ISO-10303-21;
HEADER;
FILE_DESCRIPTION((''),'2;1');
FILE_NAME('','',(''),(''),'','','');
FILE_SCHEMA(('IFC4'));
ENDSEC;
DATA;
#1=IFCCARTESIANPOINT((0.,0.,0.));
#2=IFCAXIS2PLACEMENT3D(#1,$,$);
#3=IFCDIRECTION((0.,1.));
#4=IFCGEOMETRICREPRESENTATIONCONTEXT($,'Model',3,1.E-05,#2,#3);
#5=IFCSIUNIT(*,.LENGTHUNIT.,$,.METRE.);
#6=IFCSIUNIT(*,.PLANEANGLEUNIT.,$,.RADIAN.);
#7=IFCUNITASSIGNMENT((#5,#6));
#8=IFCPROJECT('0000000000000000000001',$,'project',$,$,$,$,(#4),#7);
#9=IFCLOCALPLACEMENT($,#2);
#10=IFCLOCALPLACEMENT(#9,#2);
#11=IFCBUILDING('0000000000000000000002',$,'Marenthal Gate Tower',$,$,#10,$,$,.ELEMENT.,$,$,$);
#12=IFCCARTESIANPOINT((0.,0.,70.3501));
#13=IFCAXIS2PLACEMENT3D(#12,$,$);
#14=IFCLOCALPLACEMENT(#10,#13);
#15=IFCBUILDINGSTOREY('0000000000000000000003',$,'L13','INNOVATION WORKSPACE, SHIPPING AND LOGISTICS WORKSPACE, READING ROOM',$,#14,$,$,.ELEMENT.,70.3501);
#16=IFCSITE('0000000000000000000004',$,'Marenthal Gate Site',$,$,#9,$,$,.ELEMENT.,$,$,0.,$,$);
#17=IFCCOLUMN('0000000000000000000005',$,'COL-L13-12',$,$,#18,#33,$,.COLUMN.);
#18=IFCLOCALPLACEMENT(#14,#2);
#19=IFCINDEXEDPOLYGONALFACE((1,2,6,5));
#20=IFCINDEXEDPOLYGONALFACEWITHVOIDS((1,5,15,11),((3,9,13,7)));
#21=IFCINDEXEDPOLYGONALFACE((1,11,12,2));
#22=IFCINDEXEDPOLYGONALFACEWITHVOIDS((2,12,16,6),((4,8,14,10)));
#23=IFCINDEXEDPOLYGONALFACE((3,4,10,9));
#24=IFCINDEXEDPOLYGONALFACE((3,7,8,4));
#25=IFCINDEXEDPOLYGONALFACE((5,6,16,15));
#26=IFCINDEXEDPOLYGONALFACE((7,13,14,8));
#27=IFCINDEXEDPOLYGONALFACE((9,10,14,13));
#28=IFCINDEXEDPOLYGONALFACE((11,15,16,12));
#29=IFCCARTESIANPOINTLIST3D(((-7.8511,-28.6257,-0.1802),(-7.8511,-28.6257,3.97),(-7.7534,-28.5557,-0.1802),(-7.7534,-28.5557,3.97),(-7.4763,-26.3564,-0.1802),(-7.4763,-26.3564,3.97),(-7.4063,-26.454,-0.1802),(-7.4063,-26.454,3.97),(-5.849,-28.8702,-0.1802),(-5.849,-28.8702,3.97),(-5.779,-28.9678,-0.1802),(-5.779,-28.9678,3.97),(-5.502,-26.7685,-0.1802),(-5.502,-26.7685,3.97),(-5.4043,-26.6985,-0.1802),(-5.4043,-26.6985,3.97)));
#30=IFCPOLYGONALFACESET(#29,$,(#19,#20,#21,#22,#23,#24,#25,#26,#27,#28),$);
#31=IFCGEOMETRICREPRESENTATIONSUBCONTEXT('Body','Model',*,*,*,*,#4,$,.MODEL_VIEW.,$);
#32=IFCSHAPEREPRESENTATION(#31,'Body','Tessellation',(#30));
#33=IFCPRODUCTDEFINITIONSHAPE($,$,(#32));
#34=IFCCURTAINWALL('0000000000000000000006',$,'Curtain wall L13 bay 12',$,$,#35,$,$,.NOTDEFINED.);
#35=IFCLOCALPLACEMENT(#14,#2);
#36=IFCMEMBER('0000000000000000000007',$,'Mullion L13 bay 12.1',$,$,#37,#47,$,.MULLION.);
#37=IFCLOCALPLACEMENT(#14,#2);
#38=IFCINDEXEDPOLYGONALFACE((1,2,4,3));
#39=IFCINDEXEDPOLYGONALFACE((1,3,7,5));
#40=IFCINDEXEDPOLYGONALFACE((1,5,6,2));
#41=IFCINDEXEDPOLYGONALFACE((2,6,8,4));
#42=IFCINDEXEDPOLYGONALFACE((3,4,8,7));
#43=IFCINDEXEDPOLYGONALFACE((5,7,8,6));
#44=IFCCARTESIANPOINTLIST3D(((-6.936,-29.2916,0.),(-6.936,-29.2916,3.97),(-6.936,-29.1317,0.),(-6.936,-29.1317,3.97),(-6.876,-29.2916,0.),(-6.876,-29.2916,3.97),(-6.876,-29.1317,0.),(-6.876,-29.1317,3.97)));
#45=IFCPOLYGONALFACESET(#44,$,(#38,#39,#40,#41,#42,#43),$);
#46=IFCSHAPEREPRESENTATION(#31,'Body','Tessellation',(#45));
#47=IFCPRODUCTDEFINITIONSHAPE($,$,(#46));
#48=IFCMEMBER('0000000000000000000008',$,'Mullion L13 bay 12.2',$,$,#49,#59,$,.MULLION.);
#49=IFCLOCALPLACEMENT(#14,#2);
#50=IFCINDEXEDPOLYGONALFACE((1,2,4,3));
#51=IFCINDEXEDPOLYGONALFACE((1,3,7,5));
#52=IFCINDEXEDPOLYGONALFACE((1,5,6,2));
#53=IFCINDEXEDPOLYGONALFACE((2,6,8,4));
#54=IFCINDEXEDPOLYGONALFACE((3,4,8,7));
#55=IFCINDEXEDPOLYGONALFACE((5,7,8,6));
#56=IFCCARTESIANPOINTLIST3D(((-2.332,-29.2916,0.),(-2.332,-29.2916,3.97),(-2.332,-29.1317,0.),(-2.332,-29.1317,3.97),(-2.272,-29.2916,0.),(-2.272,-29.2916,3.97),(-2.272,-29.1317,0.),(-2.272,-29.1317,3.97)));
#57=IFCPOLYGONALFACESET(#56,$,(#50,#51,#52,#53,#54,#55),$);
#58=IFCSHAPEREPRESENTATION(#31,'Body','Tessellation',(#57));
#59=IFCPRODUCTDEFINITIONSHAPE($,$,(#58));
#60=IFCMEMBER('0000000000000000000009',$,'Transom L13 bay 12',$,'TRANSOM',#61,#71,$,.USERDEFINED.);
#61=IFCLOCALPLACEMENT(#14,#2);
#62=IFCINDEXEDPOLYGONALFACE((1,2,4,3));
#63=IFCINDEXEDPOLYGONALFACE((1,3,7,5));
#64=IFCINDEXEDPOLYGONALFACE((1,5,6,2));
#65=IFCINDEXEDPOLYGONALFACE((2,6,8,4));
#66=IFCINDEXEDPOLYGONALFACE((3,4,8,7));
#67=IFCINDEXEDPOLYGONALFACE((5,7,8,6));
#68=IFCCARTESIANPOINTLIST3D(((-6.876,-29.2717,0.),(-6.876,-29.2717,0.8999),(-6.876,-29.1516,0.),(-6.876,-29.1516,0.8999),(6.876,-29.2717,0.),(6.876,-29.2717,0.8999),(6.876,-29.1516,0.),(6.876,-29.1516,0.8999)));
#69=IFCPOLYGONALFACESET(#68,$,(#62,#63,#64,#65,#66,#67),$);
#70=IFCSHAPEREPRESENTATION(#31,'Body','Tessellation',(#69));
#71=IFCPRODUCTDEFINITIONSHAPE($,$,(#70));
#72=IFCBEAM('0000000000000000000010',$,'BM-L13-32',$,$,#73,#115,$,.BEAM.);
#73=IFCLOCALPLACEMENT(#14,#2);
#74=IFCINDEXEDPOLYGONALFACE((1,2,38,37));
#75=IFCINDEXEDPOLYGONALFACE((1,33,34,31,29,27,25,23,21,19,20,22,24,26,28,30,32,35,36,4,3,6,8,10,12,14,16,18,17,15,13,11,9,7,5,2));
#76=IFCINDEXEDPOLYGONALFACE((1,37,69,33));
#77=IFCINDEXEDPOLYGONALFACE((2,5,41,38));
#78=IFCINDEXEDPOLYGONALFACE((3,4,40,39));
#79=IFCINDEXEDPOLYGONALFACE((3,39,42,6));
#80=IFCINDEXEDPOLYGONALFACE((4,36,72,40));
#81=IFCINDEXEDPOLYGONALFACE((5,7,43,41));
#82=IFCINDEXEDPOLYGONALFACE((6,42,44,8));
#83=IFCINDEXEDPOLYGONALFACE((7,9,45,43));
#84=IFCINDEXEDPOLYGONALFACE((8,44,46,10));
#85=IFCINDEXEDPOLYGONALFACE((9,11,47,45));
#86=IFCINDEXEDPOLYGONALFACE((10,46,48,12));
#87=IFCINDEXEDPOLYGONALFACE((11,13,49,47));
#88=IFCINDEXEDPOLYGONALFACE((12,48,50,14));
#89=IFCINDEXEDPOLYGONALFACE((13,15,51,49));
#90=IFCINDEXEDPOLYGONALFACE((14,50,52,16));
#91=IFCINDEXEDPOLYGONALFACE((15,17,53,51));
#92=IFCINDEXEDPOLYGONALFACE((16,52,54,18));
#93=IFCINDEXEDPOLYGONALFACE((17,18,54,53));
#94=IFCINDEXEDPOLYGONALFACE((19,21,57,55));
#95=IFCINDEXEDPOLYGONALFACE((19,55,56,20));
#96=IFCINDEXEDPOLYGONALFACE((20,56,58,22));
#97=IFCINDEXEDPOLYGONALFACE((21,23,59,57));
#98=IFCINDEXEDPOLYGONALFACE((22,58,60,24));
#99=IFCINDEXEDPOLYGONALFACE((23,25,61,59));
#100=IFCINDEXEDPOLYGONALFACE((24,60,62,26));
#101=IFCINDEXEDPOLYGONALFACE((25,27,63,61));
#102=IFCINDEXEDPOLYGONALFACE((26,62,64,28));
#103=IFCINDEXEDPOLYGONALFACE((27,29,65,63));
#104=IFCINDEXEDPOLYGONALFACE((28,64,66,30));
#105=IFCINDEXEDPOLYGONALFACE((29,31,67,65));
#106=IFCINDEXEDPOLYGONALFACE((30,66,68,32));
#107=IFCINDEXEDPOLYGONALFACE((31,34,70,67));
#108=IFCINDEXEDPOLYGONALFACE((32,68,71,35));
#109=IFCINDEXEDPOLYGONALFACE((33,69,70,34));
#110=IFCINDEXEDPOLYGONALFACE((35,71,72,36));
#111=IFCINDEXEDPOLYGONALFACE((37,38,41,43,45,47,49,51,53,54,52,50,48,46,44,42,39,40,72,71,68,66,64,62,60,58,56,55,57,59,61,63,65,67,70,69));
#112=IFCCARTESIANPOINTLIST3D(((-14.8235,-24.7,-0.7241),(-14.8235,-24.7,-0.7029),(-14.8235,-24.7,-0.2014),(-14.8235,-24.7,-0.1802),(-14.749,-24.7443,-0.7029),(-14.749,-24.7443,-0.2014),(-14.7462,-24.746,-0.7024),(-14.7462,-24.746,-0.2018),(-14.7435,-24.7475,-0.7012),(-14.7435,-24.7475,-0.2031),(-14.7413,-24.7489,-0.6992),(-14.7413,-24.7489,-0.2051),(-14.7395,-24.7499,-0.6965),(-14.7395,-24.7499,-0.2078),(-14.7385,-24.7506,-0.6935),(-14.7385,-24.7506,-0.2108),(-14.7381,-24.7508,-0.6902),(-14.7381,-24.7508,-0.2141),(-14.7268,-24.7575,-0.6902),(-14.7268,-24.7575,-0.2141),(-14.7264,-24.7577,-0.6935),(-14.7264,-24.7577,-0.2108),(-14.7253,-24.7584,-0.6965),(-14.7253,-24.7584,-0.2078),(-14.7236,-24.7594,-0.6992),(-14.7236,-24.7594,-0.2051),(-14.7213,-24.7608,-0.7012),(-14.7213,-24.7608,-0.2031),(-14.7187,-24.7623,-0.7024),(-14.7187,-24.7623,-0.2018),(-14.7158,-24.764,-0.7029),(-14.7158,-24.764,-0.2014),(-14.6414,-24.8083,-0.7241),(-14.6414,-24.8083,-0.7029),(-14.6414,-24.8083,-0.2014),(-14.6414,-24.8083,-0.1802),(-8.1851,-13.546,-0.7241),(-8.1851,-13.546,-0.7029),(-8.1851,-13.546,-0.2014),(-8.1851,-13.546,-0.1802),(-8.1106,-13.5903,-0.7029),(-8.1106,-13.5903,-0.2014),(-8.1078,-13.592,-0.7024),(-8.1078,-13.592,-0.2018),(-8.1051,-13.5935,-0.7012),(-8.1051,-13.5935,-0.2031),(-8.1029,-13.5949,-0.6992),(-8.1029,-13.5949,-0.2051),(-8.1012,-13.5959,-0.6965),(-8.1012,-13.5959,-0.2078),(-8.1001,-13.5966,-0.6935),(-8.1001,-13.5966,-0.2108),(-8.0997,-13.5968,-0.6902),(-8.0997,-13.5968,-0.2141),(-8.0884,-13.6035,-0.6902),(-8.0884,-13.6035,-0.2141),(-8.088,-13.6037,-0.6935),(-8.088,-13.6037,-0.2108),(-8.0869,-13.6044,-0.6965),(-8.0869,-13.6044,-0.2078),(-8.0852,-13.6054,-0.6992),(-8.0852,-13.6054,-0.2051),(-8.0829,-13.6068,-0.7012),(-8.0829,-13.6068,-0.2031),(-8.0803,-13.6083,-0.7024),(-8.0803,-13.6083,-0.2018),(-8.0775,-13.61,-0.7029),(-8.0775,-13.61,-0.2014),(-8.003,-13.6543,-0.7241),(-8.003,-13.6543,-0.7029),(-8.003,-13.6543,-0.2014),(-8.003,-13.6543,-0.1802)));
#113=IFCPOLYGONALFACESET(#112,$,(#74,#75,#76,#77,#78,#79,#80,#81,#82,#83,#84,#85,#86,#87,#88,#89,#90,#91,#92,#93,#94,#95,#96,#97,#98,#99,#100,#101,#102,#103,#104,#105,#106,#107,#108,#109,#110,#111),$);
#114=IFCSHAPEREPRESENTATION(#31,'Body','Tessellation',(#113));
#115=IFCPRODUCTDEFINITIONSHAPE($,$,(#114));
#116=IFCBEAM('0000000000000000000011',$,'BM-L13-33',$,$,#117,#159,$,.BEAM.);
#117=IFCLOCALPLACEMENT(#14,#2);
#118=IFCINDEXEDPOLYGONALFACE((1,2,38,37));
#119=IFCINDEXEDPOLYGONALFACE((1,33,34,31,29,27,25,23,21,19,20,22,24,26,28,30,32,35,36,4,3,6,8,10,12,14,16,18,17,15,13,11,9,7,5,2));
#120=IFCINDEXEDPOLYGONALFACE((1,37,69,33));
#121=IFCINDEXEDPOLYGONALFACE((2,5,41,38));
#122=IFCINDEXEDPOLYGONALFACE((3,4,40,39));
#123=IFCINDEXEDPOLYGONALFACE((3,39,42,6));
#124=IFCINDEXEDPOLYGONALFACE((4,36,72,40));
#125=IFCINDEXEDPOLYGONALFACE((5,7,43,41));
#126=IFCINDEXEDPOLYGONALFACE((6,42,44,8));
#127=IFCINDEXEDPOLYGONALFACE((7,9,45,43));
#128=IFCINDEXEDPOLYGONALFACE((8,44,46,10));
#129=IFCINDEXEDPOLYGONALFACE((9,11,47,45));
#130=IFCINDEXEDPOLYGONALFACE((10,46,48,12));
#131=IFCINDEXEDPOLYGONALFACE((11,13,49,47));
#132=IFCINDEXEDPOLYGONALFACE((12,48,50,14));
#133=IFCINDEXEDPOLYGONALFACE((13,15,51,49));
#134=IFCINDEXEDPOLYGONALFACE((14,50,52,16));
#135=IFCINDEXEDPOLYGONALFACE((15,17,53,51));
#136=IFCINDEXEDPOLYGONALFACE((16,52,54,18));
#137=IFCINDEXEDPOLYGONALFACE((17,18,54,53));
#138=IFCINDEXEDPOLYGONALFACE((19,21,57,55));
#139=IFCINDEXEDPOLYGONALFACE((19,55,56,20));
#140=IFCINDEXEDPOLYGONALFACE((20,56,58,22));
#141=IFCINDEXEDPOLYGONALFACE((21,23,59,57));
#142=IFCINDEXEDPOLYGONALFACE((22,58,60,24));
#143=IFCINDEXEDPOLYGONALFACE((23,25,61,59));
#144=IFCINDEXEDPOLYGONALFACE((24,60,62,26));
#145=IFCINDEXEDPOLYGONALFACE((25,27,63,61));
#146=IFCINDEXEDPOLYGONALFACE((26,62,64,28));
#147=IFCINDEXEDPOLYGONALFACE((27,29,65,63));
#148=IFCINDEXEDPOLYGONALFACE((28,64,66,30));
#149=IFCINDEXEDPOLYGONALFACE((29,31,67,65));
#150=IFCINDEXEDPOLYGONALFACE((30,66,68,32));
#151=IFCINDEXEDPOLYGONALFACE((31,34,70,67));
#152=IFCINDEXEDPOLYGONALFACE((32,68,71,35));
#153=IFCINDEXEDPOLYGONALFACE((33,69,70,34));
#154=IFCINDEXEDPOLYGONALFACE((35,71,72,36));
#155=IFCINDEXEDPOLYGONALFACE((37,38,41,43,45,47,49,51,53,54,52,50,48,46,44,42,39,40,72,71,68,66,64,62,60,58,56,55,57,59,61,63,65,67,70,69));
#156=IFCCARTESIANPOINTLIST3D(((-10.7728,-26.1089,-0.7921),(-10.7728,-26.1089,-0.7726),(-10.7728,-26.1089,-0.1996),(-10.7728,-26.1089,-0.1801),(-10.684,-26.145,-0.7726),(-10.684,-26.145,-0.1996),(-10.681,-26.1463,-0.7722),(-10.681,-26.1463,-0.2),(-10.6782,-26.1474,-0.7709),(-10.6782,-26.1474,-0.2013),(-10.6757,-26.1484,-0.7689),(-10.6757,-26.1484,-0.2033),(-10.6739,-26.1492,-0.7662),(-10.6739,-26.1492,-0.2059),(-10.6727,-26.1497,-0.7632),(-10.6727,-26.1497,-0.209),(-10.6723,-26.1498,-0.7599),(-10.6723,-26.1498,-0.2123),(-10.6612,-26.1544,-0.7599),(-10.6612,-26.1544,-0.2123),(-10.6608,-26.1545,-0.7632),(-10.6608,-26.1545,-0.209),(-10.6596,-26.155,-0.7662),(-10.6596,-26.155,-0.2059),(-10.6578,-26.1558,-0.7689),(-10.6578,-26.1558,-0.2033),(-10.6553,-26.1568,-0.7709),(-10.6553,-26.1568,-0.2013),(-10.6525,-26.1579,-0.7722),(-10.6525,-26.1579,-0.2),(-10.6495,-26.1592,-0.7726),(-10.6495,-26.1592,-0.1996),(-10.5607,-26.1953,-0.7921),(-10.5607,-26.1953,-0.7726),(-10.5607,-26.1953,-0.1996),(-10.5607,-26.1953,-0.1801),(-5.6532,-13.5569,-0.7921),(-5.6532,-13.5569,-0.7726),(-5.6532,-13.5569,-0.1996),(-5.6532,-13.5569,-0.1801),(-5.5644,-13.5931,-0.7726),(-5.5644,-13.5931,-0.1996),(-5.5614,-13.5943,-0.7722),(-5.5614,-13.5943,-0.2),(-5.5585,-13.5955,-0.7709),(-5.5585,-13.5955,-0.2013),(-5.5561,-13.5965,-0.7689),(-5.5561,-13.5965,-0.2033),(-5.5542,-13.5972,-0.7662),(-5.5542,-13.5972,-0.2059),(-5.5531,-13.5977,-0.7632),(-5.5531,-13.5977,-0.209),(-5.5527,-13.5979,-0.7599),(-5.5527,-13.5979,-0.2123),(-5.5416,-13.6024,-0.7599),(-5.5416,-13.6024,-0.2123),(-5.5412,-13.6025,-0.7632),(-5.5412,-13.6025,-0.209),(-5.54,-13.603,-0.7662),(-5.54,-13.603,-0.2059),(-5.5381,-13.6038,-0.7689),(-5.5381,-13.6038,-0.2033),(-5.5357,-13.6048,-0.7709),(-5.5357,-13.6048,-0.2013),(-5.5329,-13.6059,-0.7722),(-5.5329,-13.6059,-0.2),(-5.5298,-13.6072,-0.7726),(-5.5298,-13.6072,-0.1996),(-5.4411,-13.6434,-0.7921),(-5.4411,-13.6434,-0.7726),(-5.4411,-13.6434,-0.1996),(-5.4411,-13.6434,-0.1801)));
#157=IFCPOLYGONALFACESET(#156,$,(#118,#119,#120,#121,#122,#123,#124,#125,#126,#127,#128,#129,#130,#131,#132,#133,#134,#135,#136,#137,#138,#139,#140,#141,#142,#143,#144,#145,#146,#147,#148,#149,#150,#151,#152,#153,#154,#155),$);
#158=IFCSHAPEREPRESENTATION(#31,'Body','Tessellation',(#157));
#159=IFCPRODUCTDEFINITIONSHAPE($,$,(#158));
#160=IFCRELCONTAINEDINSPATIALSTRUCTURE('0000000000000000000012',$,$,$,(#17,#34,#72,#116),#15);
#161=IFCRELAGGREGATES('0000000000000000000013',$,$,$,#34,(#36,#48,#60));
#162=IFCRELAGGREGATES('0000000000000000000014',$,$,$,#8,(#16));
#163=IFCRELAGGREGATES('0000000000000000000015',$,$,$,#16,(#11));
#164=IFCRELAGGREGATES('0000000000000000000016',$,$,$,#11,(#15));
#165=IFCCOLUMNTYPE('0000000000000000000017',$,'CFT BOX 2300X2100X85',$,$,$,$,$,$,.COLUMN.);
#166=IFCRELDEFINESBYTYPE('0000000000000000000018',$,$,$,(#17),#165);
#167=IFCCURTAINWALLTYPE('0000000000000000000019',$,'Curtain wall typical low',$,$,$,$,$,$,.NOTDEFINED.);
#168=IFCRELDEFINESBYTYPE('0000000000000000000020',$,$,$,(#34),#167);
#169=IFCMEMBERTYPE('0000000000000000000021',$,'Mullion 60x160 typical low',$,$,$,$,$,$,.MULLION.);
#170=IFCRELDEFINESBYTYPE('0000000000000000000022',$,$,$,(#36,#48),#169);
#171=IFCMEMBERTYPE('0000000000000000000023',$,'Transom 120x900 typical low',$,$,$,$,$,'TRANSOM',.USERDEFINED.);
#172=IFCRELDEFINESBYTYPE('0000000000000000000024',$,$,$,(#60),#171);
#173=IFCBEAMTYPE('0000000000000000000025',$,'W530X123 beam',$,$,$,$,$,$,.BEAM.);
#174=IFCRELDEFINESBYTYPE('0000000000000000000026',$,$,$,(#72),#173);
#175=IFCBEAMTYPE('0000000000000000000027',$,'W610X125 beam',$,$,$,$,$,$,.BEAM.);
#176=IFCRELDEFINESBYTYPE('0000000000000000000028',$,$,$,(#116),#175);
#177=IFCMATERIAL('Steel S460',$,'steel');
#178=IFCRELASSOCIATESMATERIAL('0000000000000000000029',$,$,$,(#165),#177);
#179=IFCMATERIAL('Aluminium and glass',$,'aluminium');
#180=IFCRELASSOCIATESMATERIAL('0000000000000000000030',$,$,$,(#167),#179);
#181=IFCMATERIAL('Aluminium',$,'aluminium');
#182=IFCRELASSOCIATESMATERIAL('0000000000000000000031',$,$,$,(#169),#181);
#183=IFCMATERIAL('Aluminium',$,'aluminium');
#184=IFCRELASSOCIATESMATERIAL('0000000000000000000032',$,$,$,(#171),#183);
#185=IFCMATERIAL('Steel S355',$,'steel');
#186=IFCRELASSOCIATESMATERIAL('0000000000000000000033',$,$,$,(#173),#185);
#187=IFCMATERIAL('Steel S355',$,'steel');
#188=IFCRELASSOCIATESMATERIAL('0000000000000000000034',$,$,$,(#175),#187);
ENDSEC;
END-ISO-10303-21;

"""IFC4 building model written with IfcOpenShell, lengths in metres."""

from ifc_helpers import new_model, si_unit, direction, frame, origin, origin_2d, place, context, subcontext, project, spatial, rectangle, hollow_rectangle, i_section, extrude, material, material_profile, profile_set, type_object, element, aggregate, save


model = new_model("IFC4")

# Units and contexts
model_context = context("Model", 3, precision=1e-05, world=origin(), true_north=direction((0.0, 1.0)))
body_context = subcontext(model_context, "Body", "Model", "MODEL_VIEW")
ifc_project = project(units=[si_unit("LENGTHUNIT", "METRE"), si_unit("PLANEANGLEUNIT", "RADIAN")], contexts=[model_context])

# Site, building, storey
site_placement = place(None, origin())
site = spatial("IfcSite", under=ifc_project, at=site_placement, Name="Marenthal Gate Site", CompositionType="ELEMENT", RefElevation=0.0)
building_placement = place(site_placement, origin())
building = spatial("IfcBuilding", under=site, at=building_placement, Name="Marenthal Gate Tower", CompositionType="ELEMENT")
storey_placement = place(building_placement, frame((0.0, 0.0, 70.3501)))
storey = spatial("IfcBuildingStorey", under=building, at=storey_placement, Name="L13", Description="INNOVATION WORKSPACE, SHIPPING AND LOGISTICS WORKSPACE, READING ROOM", CompositionType="ELEMENT", Elevation=70.3501)

# Column
ifc_material_1 = material(Name="Steel S460", Category="steel")
ifc_material_profile_1 = material_profile(ifc_material_1, hollow_rectangle(XDim=2.1001, YDim=2.3, WallThickness=0.085, at=origin_2d()), Name="CFT BOX 2300X2100X85")
ifc_material_2 = material(Name="Concrete 70 MPa", Category="concrete")
ifc_material_profile_2 = material_profile(ifc_material_2, rectangle(XDim=1.9299, YDim=2.1299, at=origin_2d()), Name="CFT BOX 2300X2100X85 INFILL")
ifc_profile_set_1 = profile_set([ifc_material_profile_1, ifc_material_profile_2], Name="Steel S460 shell, Concrete 70 MPa infill")
column_type = type_object("IfcColumnType", Name="CFT BOX 2300X2100X85", PredefinedType="COLUMN", material=ifc_profile_set_1)
column_placement = place(storey_placement, frame((-6.6277, -27.6621, -0.1802), z_axis=(0.0, 0.0, 1.0), x_axis=(-0.986638, 0.162928, 0.0)))
element("IfcColumn", 1, at=column_placement, inside=storey, type_object=column_type, Name="COL-L13-12", PredefinedType="COLUMN", context=body_context, shape_type="SweptSolid", body=[
    extrude(hollow_rectangle(XDim=2.1001, YDim=2.3, WallThickness=0.085, at=origin_2d()), origin(), (0.0, 0.0, 1.0), 4.1501),
])

# Curtain wall, members
ifc_material_3 = material(Name="Aluminium and glass", Category="aluminium")
curtain_wall_type = type_object("IfcCurtainWallType", Name="Curtain wall typical low", PredefinedType="NOTDEFINED", material=ifc_material_3)
curtain_wall_placement = place(storey_placement, origin())
curtain_wall = element("IfcCurtainWall", 2, at=curtain_wall_placement, inside=storey, type_object=curtain_wall_type, Name="Curtain wall L13 bay 12", PredefinedType="NOTDEFINED")
ifc_material_4 = material(Name="Aluminium", Category="aluminium")
ifc_material_profile_3 = material_profile(ifc_material_4, rectangle(XDim=0.1599, YDim=0.0601, at=origin_2d()), Name="60x160 aluminium mullion")
ifc_profile_set_2 = profile_set([ifc_material_profile_3], Name="Aluminium")
member_type_1 = type_object("IfcMemberType", Name="Mullion 60x160 typical low", PredefinedType="MULLION", material=ifc_profile_set_2)
member_1_placement = place(storey_placement, frame((-6.906, -29.2117, 0.0), z_axis=(0.0, 0.0, 1.0), x_axis=(0.0, 1.0, 0.0)))
member_1 = element("IfcMember", 3, at=member_1_placement, type_object=member_type_1, Name="Mullion L13 bay 12.1", PredefinedType="MULLION", context=body_context, shape_type="SweptSolid", body=[
    extrude(rectangle(XDim=0.1599, YDim=0.0601, at=origin_2d()), origin(), (0.0, 0.0, 1.0), 3.97),
])
member_2_placement = place(storey_placement, frame((-2.302, -29.2117, 0.0), z_axis=(0.0, 0.0, 1.0), x_axis=(0.0, 1.0, 0.0)))
member_2 = element("IfcMember", 4, at=member_2_placement, type_object=member_type_1, Name="Mullion L13 bay 12.2", PredefinedType="MULLION", context=body_context, shape_type="SweptSolid", body=[
    extrude(rectangle(XDim=0.1599, YDim=0.0601, at=origin_2d()), origin(), (0.0, 0.0, 1.0), 3.97),
])
ifc_material_5 = material(Name="Aluminium", Category="aluminium")
ifc_material_profile_4 = material_profile(ifc_material_5, rectangle(XDim=0.1201, YDim=0.8999, at=origin_2d()), Name="120x900 aluminium transom")
ifc_profile_set_3 = profile_set([ifc_material_profile_4], Name="Aluminium")
member_type_2 = type_object("IfcMemberType", Name="Transom 120x900 typical low", ElementType="TRANSOM", PredefinedType="USERDEFINED", material=ifc_profile_set_3)
member_3_placement = place(storey_placement, frame((-6.876, -29.2117, 0.45), z_axis=(1.0, 0.0, 0.0), x_axis=(0.0, 1.0, 0.0)))
member_3 = element("IfcMember", 5, at=member_3_placement, type_object=member_type_2, Name="Transom L13 bay 12", ObjectType="TRANSOM", PredefinedType="USERDEFINED", context=body_context, shape_type="SweptSolid", body=[
    extrude(rectangle(XDim=0.1201, YDim=0.8999, at=origin_2d()), origin(), (0.0, 0.0, 1.0), 13.752),
])

# Beams
ifc_material_6 = material(Name="Steel S355", Category="steel")
ifc_material_profile_5 = material_profile(ifc_material_6, i_section(OverallWidth=0.2119, OverallDepth=0.5439, WebThickness=0.0132, FlangeThickness=0.0212, FilletRadius=0.0127, at=origin_2d()), Name="W530X123")
ifc_profile_set_4 = profile_set([ifc_material_profile_5], Name="Steel S355")
beam_type_1 = type_object("IfcBeamType", Name="W530X123 beam", PredefinedType="BEAM", material=ifc_profile_set_4)
beam_1_placement = place(storey_placement, frame((-14.7324, -24.7542, -0.4521), z_axis=(0.511433, 0.859323, 0.0), x_axis=(-0.859323, 0.511433, 0.0)))
element("IfcBeam", 6, at=beam_1_placement, inside=storey, type_object=beam_type_1, Name="BM-L13-32", PredefinedType="BEAM", context=body_context, shape_type="SweptSolid", body=[
    extrude(i_section(OverallWidth=0.2119, OverallDepth=0.5439, WebThickness=0.0132, FlangeThickness=0.0212, FilletRadius=0.0127, at=origin_2d()), origin(), (0.0, 0.0, 1.0), 12.98),
])
ifc_material_7 = material(Name="Steel S355", Category="steel")
ifc_material_profile_6 = material_profile(ifc_material_7, i_section(OverallWidth=0.229, OverallDepth=0.6121, WebThickness=0.012, FlangeThickness=0.0195, FilletRadius=0.0127, at=origin_2d()), Name="W610X125")
ifc_profile_set_5 = profile_set([ifc_material_profile_6], Name="Steel S355")
beam_type_2 = type_object("IfcBeamType", Name="W610X125 beam", PredefinedType="BEAM", material=ifc_profile_set_5)
beam_2_placement = place(storey_placement, frame((-10.6667, -26.1521, -0.4861), z_axis=(0.377667, 0.925941, 0.0), x_axis=(-0.925941, 0.377667, 0.0)))
element("IfcBeam", 7, at=beam_2_placement, inside=storey, type_object=beam_type_2, Name="BM-L13-33", PredefinedType="BEAM", context=body_context, shape_type="SweptSolid", body=[
    extrude(i_section(OverallWidth=0.229, OverallDepth=0.6121, WebThickness=0.012, FlangeThickness=0.0195, FilletRadius=0.0127, at=origin_2d()), origin(), (0.0, 0.0, 1.0), 13.5559),
])

aggregate(curtain_wall, [member_1, member_2, member_3])

save(model, "model.ifc")
